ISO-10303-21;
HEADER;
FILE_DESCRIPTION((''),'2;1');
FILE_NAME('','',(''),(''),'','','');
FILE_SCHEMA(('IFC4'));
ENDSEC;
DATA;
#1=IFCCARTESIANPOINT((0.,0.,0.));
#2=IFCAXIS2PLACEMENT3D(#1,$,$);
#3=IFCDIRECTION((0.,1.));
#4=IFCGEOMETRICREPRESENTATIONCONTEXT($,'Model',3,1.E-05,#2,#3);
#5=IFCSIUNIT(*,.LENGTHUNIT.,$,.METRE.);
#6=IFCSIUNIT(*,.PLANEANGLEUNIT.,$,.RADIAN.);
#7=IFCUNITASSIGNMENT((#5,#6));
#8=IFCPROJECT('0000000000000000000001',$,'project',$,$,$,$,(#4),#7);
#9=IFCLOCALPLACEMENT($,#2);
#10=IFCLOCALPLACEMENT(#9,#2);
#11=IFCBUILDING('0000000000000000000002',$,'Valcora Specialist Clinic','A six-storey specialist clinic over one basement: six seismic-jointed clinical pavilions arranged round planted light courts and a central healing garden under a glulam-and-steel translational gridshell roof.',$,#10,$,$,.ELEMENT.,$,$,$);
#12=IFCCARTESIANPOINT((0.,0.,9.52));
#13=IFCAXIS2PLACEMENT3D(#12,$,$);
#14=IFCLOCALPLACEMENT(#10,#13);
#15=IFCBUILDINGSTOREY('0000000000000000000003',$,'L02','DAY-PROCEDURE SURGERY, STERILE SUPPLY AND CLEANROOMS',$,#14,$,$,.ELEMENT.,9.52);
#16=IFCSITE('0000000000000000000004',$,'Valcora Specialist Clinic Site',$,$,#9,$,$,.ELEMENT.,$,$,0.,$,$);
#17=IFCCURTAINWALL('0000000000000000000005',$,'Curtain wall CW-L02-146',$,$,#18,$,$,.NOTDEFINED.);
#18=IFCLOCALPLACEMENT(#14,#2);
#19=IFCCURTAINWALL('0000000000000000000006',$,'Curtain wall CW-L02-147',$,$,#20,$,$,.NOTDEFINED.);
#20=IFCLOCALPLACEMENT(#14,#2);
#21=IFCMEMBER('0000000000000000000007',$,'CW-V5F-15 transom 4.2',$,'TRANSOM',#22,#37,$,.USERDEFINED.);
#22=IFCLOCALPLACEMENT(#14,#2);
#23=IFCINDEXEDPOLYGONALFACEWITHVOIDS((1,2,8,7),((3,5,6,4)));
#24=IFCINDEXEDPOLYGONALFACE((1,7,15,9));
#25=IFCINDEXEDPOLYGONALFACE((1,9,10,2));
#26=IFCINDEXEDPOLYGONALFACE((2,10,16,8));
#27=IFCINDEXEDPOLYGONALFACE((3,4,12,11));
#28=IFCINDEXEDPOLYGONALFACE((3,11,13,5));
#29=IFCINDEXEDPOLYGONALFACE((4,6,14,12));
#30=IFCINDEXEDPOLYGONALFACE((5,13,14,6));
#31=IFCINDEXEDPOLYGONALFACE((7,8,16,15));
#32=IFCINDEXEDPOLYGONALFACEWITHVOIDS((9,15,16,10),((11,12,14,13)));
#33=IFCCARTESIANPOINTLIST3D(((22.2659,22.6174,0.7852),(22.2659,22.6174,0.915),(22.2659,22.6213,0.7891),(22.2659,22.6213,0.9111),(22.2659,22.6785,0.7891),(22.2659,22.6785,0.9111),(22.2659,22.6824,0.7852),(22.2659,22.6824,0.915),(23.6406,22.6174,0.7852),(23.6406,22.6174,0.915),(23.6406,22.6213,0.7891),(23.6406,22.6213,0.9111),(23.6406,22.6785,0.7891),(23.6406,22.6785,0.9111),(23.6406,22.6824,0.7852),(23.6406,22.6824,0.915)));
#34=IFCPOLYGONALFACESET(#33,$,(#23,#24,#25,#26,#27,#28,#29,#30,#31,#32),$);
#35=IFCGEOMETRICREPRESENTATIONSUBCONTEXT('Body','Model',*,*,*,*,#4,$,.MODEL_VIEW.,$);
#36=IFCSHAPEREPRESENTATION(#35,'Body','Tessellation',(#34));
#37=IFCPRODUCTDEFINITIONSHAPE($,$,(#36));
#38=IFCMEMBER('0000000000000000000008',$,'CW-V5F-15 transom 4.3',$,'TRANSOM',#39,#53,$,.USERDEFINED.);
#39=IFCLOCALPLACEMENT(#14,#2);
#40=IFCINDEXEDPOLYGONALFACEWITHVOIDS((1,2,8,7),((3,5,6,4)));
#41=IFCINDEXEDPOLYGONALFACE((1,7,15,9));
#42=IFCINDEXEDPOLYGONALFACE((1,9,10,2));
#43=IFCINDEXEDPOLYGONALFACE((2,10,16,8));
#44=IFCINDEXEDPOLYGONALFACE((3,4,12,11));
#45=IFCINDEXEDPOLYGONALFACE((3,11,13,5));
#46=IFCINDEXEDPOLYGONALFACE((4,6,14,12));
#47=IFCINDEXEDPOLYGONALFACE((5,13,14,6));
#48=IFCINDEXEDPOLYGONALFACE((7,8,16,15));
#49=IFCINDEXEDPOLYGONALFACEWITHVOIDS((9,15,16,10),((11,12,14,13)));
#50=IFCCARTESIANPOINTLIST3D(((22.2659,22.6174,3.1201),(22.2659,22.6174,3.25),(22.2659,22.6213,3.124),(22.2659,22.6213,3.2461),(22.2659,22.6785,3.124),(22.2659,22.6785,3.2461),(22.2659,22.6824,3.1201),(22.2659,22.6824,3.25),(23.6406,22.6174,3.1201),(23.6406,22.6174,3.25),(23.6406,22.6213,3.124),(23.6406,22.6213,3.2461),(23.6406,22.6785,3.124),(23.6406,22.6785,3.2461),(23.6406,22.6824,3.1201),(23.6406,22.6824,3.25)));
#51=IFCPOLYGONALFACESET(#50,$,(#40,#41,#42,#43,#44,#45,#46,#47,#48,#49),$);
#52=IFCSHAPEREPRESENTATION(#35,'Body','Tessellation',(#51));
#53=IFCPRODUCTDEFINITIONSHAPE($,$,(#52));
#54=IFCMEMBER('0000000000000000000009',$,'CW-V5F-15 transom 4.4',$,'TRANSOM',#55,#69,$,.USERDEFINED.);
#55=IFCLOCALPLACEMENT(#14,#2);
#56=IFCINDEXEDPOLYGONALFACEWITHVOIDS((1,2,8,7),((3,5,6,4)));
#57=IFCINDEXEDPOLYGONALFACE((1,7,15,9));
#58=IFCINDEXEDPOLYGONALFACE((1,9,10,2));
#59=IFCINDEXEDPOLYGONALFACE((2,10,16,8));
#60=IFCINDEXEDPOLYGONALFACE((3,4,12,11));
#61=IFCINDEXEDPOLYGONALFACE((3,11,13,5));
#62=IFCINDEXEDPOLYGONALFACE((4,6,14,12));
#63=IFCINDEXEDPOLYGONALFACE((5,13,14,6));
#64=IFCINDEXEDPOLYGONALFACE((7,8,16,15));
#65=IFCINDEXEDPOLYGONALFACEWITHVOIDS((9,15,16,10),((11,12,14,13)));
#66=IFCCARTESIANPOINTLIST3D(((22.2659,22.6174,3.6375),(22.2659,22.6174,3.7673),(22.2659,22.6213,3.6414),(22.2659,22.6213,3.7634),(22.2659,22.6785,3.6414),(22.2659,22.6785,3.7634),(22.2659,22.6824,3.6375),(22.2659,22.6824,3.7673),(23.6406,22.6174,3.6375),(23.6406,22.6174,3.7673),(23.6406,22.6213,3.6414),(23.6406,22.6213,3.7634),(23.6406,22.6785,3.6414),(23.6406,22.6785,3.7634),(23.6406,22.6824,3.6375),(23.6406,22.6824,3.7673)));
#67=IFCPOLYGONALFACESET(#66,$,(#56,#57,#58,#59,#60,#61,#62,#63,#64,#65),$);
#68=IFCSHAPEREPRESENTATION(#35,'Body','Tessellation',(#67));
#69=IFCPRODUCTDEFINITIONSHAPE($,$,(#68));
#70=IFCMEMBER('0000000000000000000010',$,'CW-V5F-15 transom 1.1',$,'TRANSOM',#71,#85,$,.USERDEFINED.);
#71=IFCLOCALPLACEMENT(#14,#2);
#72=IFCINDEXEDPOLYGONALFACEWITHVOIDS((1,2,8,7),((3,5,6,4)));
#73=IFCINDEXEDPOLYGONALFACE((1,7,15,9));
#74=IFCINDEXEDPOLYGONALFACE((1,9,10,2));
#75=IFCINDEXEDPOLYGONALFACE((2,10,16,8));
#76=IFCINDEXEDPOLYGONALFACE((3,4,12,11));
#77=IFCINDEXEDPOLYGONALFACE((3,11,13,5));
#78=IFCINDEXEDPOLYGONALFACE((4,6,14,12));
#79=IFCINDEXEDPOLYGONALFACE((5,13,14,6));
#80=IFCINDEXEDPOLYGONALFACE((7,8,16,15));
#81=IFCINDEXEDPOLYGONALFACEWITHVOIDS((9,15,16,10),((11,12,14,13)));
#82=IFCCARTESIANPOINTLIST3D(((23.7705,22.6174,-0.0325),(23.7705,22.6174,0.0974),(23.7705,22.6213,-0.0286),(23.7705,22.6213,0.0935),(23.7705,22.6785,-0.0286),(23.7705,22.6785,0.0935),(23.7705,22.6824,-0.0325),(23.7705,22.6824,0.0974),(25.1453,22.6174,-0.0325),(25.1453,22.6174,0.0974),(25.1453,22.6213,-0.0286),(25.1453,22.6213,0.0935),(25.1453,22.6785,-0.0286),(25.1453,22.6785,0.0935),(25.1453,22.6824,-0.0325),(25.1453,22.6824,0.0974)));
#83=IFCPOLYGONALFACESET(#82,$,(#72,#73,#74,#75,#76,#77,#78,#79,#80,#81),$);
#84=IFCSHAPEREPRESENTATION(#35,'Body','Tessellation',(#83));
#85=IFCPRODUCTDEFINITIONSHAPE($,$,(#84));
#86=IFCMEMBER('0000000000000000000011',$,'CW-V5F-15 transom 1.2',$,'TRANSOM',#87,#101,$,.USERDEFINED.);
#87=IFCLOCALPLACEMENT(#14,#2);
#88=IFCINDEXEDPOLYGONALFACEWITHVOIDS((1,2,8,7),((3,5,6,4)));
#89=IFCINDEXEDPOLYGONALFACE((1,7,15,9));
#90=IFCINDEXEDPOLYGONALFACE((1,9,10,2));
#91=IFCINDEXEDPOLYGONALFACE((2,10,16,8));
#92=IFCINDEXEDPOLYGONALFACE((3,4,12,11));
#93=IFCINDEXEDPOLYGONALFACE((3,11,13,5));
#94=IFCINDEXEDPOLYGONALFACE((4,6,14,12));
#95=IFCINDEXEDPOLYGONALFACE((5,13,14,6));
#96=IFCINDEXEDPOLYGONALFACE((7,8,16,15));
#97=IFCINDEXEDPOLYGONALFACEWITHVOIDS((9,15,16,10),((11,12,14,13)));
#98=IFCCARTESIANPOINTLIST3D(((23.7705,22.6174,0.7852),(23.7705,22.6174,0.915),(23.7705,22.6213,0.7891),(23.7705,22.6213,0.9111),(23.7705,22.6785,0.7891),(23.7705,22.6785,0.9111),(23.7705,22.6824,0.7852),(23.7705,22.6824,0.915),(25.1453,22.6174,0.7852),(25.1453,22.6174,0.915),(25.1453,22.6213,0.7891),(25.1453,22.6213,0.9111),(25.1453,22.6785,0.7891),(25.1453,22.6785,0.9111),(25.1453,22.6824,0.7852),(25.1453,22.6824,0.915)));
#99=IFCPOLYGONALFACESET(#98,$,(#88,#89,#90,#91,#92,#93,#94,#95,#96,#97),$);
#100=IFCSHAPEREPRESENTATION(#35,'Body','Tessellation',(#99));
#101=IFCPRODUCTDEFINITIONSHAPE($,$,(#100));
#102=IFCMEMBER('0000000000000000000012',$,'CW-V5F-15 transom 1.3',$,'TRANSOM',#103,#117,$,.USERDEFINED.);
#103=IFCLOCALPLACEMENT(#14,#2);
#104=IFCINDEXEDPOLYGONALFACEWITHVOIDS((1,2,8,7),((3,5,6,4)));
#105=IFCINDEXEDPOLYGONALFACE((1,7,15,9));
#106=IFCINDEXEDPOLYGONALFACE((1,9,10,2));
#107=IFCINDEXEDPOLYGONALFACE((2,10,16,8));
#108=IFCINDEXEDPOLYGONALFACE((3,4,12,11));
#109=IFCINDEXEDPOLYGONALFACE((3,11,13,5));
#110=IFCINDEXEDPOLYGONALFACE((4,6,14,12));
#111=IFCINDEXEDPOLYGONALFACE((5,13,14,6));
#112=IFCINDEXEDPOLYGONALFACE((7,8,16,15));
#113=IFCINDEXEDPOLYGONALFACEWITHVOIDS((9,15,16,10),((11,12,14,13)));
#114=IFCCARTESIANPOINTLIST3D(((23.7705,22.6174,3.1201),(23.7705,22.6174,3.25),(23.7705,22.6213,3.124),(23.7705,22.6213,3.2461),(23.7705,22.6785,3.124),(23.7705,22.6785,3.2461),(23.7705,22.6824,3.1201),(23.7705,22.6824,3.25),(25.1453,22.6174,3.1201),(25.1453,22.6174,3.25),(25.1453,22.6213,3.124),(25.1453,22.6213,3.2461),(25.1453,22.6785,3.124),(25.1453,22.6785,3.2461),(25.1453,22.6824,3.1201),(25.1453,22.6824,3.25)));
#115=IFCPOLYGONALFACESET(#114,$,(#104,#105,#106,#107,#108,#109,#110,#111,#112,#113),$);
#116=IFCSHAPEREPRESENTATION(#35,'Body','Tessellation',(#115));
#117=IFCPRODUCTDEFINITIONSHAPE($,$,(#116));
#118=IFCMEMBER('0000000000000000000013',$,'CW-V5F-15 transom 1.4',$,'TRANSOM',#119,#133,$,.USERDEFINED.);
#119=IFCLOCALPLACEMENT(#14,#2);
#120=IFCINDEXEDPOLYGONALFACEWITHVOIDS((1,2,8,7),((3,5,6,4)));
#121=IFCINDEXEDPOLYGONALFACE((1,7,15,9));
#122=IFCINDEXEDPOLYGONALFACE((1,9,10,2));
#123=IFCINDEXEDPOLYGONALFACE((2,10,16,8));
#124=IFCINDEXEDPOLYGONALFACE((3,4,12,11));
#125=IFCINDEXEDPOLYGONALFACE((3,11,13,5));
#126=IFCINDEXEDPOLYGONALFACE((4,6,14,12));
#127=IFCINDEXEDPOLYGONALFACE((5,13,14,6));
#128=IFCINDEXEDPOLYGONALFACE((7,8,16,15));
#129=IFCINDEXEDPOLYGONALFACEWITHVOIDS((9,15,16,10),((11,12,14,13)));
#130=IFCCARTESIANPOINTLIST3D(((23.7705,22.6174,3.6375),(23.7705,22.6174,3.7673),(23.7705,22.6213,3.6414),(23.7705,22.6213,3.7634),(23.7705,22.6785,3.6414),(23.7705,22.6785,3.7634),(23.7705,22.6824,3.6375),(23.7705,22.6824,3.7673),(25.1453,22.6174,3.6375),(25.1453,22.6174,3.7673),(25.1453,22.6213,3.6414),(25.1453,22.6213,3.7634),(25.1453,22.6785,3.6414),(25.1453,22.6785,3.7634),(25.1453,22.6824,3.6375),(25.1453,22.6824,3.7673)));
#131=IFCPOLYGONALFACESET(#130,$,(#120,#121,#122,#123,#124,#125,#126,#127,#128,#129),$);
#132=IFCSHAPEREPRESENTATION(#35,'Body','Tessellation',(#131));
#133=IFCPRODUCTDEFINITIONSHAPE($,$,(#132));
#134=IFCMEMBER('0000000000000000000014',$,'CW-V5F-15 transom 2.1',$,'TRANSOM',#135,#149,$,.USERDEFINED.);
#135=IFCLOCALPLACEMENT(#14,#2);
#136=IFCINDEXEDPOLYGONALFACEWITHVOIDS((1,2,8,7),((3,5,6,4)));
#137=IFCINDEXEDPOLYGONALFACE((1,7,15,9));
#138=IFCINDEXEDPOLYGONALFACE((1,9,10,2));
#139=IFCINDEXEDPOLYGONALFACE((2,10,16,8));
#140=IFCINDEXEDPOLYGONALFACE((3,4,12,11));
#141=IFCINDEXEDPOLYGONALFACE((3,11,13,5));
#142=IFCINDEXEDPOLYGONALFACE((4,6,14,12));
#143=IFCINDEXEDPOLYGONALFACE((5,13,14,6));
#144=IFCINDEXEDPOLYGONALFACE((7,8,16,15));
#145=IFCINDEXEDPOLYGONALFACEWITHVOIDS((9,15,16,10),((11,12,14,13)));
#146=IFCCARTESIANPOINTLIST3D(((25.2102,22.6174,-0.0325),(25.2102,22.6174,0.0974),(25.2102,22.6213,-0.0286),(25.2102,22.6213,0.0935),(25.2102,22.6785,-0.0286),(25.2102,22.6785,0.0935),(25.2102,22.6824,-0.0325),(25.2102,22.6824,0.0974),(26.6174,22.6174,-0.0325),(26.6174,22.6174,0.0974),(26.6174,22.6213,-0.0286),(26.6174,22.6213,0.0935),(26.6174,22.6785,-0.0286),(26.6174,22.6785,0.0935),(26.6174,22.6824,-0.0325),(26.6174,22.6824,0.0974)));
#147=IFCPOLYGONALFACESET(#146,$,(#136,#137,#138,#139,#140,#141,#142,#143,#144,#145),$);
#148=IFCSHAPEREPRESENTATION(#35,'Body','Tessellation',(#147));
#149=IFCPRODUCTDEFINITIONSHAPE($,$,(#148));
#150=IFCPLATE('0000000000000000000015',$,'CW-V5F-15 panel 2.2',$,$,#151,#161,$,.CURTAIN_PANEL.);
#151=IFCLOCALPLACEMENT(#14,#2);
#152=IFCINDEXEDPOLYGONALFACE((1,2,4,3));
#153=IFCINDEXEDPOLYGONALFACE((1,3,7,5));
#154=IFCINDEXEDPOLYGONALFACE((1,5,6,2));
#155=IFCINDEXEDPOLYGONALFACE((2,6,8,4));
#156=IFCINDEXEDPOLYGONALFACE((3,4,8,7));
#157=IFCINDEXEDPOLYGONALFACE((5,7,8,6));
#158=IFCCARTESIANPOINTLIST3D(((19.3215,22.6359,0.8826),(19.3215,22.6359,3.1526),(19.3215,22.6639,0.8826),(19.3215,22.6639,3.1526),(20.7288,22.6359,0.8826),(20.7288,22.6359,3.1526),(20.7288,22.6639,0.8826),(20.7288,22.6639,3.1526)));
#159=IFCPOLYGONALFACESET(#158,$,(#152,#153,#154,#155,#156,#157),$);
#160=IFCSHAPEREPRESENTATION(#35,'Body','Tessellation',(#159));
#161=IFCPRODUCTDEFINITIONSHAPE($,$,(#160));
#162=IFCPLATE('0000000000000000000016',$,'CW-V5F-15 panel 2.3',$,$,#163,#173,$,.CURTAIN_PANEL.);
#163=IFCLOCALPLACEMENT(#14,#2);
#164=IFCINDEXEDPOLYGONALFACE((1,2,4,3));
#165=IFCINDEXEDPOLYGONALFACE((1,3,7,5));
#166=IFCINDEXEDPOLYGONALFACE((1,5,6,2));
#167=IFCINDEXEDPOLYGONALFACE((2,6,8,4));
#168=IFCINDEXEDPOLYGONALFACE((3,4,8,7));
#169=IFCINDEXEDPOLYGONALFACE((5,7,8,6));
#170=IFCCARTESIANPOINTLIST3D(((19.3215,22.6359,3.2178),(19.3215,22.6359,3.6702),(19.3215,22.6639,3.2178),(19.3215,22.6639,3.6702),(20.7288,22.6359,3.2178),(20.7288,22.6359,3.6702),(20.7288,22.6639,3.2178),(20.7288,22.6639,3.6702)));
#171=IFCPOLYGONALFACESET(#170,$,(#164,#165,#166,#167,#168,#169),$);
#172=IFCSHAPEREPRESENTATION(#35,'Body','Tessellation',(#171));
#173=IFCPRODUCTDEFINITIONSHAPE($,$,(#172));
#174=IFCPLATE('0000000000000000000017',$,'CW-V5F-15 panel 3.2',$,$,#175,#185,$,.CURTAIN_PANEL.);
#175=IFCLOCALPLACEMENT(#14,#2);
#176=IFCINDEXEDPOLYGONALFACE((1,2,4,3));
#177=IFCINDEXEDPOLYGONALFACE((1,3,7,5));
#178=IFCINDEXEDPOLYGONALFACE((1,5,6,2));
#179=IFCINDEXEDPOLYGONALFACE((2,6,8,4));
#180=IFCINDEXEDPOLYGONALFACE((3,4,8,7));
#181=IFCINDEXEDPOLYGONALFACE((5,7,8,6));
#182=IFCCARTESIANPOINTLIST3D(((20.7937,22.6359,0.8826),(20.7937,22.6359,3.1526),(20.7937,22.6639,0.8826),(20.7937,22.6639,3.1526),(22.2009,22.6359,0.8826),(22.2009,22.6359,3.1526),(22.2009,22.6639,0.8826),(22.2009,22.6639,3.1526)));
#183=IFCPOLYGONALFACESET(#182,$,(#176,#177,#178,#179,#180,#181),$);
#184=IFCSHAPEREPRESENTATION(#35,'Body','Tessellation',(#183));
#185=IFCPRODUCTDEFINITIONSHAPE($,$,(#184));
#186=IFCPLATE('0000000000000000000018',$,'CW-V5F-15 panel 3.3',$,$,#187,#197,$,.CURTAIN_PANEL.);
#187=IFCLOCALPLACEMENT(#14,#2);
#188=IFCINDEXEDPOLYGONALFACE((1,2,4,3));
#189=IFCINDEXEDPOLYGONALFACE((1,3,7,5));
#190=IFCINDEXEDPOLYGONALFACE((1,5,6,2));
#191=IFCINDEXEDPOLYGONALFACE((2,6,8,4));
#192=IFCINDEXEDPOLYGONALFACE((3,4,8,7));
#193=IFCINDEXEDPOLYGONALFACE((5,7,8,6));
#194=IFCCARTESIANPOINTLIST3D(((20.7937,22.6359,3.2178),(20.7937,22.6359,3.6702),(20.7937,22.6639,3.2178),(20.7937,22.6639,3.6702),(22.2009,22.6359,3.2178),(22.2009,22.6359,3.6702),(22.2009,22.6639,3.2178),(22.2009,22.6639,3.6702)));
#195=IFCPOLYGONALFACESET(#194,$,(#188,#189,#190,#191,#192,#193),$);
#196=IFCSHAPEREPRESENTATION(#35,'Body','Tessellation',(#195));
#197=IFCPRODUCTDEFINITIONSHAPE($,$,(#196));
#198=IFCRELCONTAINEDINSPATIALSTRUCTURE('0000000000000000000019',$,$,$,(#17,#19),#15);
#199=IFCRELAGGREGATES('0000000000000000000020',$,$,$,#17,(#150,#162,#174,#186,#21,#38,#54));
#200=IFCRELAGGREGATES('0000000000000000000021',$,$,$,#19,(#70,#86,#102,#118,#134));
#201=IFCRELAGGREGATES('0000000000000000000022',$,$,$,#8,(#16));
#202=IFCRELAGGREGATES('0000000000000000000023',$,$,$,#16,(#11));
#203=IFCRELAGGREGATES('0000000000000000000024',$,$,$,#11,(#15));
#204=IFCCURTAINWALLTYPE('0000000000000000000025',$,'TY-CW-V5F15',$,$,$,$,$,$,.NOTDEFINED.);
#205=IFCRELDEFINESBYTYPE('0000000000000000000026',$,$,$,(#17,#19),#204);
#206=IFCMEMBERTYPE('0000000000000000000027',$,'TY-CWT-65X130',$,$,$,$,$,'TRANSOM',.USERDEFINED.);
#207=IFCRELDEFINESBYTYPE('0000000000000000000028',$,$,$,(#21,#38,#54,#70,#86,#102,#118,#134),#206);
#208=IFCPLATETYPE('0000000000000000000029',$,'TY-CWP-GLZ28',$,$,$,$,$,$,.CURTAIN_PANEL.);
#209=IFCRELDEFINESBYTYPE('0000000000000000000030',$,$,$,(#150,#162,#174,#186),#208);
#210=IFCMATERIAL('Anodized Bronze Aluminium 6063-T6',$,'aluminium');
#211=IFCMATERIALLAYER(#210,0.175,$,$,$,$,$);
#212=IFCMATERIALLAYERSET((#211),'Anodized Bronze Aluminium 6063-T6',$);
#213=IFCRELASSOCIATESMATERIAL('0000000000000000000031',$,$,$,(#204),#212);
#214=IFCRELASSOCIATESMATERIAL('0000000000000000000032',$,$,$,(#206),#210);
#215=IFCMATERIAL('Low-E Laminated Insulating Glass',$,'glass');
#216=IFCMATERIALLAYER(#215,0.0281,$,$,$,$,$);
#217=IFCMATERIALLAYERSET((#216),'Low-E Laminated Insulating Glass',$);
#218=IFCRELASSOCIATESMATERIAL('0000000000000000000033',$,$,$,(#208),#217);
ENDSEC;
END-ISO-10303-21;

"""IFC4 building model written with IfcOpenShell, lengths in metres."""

from ifc_helpers import new_model, si_unit, direction, frame, origin, origin_2d, place, context, subcontext, project, spatial, rectangle, hollow_rectangle, extrude, material, layer, layer_set, material_profile, profile_set, type_object, element, aggregate, save


model = new_model("IFC4")

# Units and contexts
model_context = context("Model", 3, precision=1e-05, world=origin(), true_north=direction((0.0, 1.0)))
body_context = subcontext(model_context, "Body", "Model", "MODEL_VIEW")
ifc_project = project(units=[si_unit("LENGTHUNIT", "METRE"), si_unit("PLANEANGLEUNIT", "RADIAN")], contexts=[model_context])

# Site, building, storey
site_placement = place(None, origin())
site = spatial("IfcSite", under=ifc_project, at=site_placement, Name="Valcora Specialist Clinic Site", CompositionType="ELEMENT", RefElevation=0.0)
building_placement = place(site_placement, origin())
building = spatial("IfcBuilding", under=site, at=building_placement, Name="Valcora Specialist Clinic", Description="A six-storey specialist clinic over one basement: six seismic-jointed clinical pavilions arranged round planted light courts and a central healing garden under a glulam-and-steel translational gridshell roof.", CompositionType="ELEMENT")
storey_placement = place(building_placement, frame((0.0, 0.0, 9.52)))
storey = spatial("IfcBuildingStorey", under=building, at=storey_placement, Name="L02", Description="DAY-PROCEDURE SURGERY, STERILE SUPPLY AND CLEANROOMS", CompositionType="ELEMENT", Elevation=9.52)

# Curtain walls
ifc_material_1 = material(Name="Anodized Bronze Aluminium 6063-T6", Category="aluminium")
ifc_layer_1 = layer(ifc_material_1, 0.175)
ifc_layer_set_1 = layer_set([ifc_layer_1], Name="Anodized Bronze Aluminium 6063-T6")
curtain_wall_type = type_object("IfcCurtainWallType", Name="TY-CW-V5F15", PredefinedType="NOTDEFINED", material=ifc_layer_set_1)
curtain_wall_1_placement = place(storey_placement, origin())
curtain_wall_1 = element("IfcCurtainWall", 1, at=curtain_wall_1_placement, inside=storey, type_object=curtain_wall_type, Name="Curtain wall CW-L02-146", PredefinedType="NOTDEFINED")
curtain_wall_2_placement = place(storey_placement, origin())
curtain_wall_2 = element("IfcCurtainWall", 2, at=curtain_wall_2_placement, inside=storey, type_object=curtain_wall_type, Name="Curtain wall CW-L02-147", PredefinedType="NOTDEFINED")

# Members
ifc_material_profile_1 = material_profile(ifc_material_1, hollow_rectangle(XDim=0.0649, YDim=0.1299, WallThickness=0.0039, at=origin_2d()), Name="AL-TRN-65X130")
ifc_profile_set_1 = profile_set([ifc_material_profile_1], Name="Anodized Bronze Aluminium 6063-T6")
member_type_1 = type_object("IfcMemberType", Name="TY-CWT-65X130", ElementType="TRANSOM", PredefinedType="USERDEFINED", material=ifc_profile_set_1)
member_1_placement = place(storey_placement, frame((22.2659, 22.6499, 0.8501), z_axis=(1.0, 0.0, 0.0), x_axis=(0.0, 1.0, 0.0)))
member_1 = element("IfcMember", 3, at=member_1_placement, type_object=member_type_1, Name="CW-V5F-15 transom 4.2", ObjectType="TRANSOM", PredefinedType="USERDEFINED", context=body_context, shape_type="SweptSolid", body=[
    extrude(hollow_rectangle(XDim=0.0649, YDim=0.1299, WallThickness=0.0039, at=origin_2d()), origin(), (0.0, 0.0, 1.0), 1.3748),
])
member_2_placement = place(storey_placement, frame((22.2659, 22.6499, 3.1851), z_axis=(1.0, 0.0, 0.0), x_axis=(0.0, 1.0, 0.0)))
member_2 = element("IfcMember", 4, at=member_2_placement, type_object=member_type_1, Name="CW-V5F-15 transom 4.3", ObjectType="TRANSOM", PredefinedType="USERDEFINED", context=body_context, shape_type="SweptSolid", body=[
    extrude(hollow_rectangle(XDim=0.0649, YDim=0.1299, WallThickness=0.0039, at=origin_2d()), origin(), (0.0, 0.0, 1.0), 1.3748),
])
member_3_placement = place(storey_placement, frame((22.2659, 22.6499, 3.7024), z_axis=(1.0, 0.0, 0.0), x_axis=(0.0, 1.0, 0.0)))
member_3 = element("IfcMember", 5, at=member_3_placement, type_object=member_type_1, Name="CW-V5F-15 transom 4.4", ObjectType="TRANSOM", PredefinedType="USERDEFINED", context=body_context, shape_type="SweptSolid", body=[
    extrude(hollow_rectangle(XDim=0.0649, YDim=0.1299, WallThickness=0.0039, at=origin_2d()), origin(), (0.0, 0.0, 1.0), 1.3748),
])
member_4_placement = place(storey_placement, frame((23.7705, 22.6499, 0.0325), z_axis=(1.0, 0.0, 0.0), x_axis=(0.0, 1.0, 0.0)))
member_4 = element("IfcMember", 6, at=member_4_placement, type_object=member_type_1, Name="CW-V5F-15 transom 1.1", ObjectType="TRANSOM", PredefinedType="USERDEFINED", context=body_context, shape_type="SweptSolid", body=[
    extrude(hollow_rectangle(XDim=0.0649, YDim=0.1299, WallThickness=0.0039, at=origin_2d()), origin(), (0.0, 0.0, 1.0), 1.3748),
])
member_5_placement = place(storey_placement, frame((23.7705, 22.6499, 0.8501), z_axis=(1.0, 0.0, 0.0), x_axis=(0.0, 1.0, 0.0)))
member_5 = element("IfcMember", 7, at=member_5_placement, type_object=member_type_1, Name="CW-V5F-15 transom 1.2", ObjectType="TRANSOM", PredefinedType="USERDEFINED", context=body_context, shape_type="SweptSolid", body=[
    extrude(hollow_rectangle(XDim=0.0649, YDim=0.1299, WallThickness=0.0039, at=origin_2d()), origin(), (0.0, 0.0, 1.0), 1.3748),
])
member_6_placement = place(storey_placement, frame((23.7705, 22.6499, 3.1851), z_axis=(1.0, 0.0, 0.0), x_axis=(0.0, 1.0, 0.0)))
member_6 = element("IfcMember", 8, at=member_6_placement, type_object=member_type_1, Name="CW-V5F-15 transom 1.3", ObjectType="TRANSOM", PredefinedType="USERDEFINED", context=body_context, shape_type="SweptSolid", body=[
    extrude(hollow_rectangle(XDim=0.0649, YDim=0.1299, WallThickness=0.0039, at=origin_2d()), origin(), (0.0, 0.0, 1.0), 1.3748),
])
member_7_placement = place(storey_placement, frame((23.7705, 22.6499, 3.7024), z_axis=(1.0, 0.0, 0.0), x_axis=(0.0, 1.0, 0.0)))
member_7 = element("IfcMember", 9, at=member_7_placement, type_object=member_type_1, Name="CW-V5F-15 transom 1.4", ObjectType="TRANSOM", PredefinedType="USERDEFINED", context=body_context, shape_type="SweptSolid", body=[
    extrude(hollow_rectangle(XDim=0.0649, YDim=0.1299, WallThickness=0.0039, at=origin_2d()), origin(), (0.0, 0.0, 1.0), 1.3748),
])
member_8_placement = place(storey_placement, frame((25.2102, 22.6499, 0.0325), z_axis=(1.0, 0.0, 0.0), x_axis=(0.0, 1.0, 0.0)))
member_8 = element("IfcMember", 10, at=member_8_placement, type_object=member_type_1, Name="CW-V5F-15 transom 2.1", ObjectType="TRANSOM", PredefinedType="USERDEFINED", context=body_context, shape_type="SweptSolid", body=[
    extrude(hollow_rectangle(XDim=0.0649, YDim=0.1299, WallThickness=0.0039, at=origin_2d()), origin(), (0.0, 0.0, 1.0), 1.4072),
])

# Plates
ifc_material_2 = material(Name="Low-E Laminated Insulating Glass", Category="glass")
ifc_layer_2 = layer(ifc_material_2, 0.0281)
ifc_layer_set_2 = layer_set([ifc_layer_2], Name="Low-E Laminated Insulating Glass")
plate_type_1 = type_object("IfcPlateType", Name="TY-CWP-GLZ28", PredefinedType="CURTAIN_PANEL", material=ifc_layer_set_2)
plate_1_placement = place(storey_placement, frame((20.0251, 22.6499, 0.8826), z_axis=(0.0, 0.0, 1.0), x_axis=(1.0, 0.0, 0.0)))
plate_1 = element("IfcPlate", 11, at=plate_1_placement, type_object=plate_type_1, Name="CW-V5F-15 panel 2.2", PredefinedType="CURTAIN_PANEL", context=body_context, shape_type="SweptSolid", body=[
    extrude(rectangle(XDim=1.4072, YDim=0.0281, at=origin_2d()), origin(), (0.0, 0.0, 1.0), 2.27),
])
plate_2_placement = place(storey_placement, frame((20.0251, 22.6499, 3.2178), z_axis=(0.0, 0.0, 1.0), x_axis=(1.0, 0.0, 0.0)))
plate_2 = element("IfcPlate", 12, at=plate_2_placement, type_object=plate_type_1, Name="CW-V5F-15 panel 2.3", PredefinedType="CURTAIN_PANEL", context=body_context, shape_type="SweptSolid", body=[
    extrude(rectangle(XDim=1.4072, YDim=0.0281, at=origin_2d()), origin(), (0.0, 0.0, 1.0), 0.4524),
])
plate_3_placement = place(storey_placement, frame((21.4973, 22.6499, 0.8826), z_axis=(0.0, 0.0, 1.0), x_axis=(1.0, 0.0, 0.0)))
plate_3 = element("IfcPlate", 13, at=plate_3_placement, type_object=plate_type_1, Name="CW-V5F-15 panel 3.2", PredefinedType="CURTAIN_PANEL", context=body_context, shape_type="SweptSolid", body=[
    extrude(rectangle(XDim=1.4072, YDim=0.0281, at=origin_2d()), origin(), (0.0, 0.0, 1.0), 2.27),
])
plate_4_placement = place(storey_placement, frame((21.4973, 22.6499, 3.2178), z_axis=(0.0, 0.0, 1.0), x_axis=(1.0, 0.0, 0.0)))
plate_4 = element("IfcPlate", 14, at=plate_4_placement, type_object=plate_type_1, Name="CW-V5F-15 panel 3.3", PredefinedType="CURTAIN_PANEL", context=body_context, shape_type="SweptSolid", body=[
    extrude(rectangle(XDim=1.4072, YDim=0.0281, at=origin_2d()), origin(), (0.0, 0.0, 1.0), 0.4524),
])
aggregate(curtain_wall_1, [plate_1, plate_2, plate_3, plate_4, member_1, member_2, member_3])
aggregate(curtain_wall_2, [member_4, member_5, member_6, member_7, member_8])

save(model, "model.ifc")
